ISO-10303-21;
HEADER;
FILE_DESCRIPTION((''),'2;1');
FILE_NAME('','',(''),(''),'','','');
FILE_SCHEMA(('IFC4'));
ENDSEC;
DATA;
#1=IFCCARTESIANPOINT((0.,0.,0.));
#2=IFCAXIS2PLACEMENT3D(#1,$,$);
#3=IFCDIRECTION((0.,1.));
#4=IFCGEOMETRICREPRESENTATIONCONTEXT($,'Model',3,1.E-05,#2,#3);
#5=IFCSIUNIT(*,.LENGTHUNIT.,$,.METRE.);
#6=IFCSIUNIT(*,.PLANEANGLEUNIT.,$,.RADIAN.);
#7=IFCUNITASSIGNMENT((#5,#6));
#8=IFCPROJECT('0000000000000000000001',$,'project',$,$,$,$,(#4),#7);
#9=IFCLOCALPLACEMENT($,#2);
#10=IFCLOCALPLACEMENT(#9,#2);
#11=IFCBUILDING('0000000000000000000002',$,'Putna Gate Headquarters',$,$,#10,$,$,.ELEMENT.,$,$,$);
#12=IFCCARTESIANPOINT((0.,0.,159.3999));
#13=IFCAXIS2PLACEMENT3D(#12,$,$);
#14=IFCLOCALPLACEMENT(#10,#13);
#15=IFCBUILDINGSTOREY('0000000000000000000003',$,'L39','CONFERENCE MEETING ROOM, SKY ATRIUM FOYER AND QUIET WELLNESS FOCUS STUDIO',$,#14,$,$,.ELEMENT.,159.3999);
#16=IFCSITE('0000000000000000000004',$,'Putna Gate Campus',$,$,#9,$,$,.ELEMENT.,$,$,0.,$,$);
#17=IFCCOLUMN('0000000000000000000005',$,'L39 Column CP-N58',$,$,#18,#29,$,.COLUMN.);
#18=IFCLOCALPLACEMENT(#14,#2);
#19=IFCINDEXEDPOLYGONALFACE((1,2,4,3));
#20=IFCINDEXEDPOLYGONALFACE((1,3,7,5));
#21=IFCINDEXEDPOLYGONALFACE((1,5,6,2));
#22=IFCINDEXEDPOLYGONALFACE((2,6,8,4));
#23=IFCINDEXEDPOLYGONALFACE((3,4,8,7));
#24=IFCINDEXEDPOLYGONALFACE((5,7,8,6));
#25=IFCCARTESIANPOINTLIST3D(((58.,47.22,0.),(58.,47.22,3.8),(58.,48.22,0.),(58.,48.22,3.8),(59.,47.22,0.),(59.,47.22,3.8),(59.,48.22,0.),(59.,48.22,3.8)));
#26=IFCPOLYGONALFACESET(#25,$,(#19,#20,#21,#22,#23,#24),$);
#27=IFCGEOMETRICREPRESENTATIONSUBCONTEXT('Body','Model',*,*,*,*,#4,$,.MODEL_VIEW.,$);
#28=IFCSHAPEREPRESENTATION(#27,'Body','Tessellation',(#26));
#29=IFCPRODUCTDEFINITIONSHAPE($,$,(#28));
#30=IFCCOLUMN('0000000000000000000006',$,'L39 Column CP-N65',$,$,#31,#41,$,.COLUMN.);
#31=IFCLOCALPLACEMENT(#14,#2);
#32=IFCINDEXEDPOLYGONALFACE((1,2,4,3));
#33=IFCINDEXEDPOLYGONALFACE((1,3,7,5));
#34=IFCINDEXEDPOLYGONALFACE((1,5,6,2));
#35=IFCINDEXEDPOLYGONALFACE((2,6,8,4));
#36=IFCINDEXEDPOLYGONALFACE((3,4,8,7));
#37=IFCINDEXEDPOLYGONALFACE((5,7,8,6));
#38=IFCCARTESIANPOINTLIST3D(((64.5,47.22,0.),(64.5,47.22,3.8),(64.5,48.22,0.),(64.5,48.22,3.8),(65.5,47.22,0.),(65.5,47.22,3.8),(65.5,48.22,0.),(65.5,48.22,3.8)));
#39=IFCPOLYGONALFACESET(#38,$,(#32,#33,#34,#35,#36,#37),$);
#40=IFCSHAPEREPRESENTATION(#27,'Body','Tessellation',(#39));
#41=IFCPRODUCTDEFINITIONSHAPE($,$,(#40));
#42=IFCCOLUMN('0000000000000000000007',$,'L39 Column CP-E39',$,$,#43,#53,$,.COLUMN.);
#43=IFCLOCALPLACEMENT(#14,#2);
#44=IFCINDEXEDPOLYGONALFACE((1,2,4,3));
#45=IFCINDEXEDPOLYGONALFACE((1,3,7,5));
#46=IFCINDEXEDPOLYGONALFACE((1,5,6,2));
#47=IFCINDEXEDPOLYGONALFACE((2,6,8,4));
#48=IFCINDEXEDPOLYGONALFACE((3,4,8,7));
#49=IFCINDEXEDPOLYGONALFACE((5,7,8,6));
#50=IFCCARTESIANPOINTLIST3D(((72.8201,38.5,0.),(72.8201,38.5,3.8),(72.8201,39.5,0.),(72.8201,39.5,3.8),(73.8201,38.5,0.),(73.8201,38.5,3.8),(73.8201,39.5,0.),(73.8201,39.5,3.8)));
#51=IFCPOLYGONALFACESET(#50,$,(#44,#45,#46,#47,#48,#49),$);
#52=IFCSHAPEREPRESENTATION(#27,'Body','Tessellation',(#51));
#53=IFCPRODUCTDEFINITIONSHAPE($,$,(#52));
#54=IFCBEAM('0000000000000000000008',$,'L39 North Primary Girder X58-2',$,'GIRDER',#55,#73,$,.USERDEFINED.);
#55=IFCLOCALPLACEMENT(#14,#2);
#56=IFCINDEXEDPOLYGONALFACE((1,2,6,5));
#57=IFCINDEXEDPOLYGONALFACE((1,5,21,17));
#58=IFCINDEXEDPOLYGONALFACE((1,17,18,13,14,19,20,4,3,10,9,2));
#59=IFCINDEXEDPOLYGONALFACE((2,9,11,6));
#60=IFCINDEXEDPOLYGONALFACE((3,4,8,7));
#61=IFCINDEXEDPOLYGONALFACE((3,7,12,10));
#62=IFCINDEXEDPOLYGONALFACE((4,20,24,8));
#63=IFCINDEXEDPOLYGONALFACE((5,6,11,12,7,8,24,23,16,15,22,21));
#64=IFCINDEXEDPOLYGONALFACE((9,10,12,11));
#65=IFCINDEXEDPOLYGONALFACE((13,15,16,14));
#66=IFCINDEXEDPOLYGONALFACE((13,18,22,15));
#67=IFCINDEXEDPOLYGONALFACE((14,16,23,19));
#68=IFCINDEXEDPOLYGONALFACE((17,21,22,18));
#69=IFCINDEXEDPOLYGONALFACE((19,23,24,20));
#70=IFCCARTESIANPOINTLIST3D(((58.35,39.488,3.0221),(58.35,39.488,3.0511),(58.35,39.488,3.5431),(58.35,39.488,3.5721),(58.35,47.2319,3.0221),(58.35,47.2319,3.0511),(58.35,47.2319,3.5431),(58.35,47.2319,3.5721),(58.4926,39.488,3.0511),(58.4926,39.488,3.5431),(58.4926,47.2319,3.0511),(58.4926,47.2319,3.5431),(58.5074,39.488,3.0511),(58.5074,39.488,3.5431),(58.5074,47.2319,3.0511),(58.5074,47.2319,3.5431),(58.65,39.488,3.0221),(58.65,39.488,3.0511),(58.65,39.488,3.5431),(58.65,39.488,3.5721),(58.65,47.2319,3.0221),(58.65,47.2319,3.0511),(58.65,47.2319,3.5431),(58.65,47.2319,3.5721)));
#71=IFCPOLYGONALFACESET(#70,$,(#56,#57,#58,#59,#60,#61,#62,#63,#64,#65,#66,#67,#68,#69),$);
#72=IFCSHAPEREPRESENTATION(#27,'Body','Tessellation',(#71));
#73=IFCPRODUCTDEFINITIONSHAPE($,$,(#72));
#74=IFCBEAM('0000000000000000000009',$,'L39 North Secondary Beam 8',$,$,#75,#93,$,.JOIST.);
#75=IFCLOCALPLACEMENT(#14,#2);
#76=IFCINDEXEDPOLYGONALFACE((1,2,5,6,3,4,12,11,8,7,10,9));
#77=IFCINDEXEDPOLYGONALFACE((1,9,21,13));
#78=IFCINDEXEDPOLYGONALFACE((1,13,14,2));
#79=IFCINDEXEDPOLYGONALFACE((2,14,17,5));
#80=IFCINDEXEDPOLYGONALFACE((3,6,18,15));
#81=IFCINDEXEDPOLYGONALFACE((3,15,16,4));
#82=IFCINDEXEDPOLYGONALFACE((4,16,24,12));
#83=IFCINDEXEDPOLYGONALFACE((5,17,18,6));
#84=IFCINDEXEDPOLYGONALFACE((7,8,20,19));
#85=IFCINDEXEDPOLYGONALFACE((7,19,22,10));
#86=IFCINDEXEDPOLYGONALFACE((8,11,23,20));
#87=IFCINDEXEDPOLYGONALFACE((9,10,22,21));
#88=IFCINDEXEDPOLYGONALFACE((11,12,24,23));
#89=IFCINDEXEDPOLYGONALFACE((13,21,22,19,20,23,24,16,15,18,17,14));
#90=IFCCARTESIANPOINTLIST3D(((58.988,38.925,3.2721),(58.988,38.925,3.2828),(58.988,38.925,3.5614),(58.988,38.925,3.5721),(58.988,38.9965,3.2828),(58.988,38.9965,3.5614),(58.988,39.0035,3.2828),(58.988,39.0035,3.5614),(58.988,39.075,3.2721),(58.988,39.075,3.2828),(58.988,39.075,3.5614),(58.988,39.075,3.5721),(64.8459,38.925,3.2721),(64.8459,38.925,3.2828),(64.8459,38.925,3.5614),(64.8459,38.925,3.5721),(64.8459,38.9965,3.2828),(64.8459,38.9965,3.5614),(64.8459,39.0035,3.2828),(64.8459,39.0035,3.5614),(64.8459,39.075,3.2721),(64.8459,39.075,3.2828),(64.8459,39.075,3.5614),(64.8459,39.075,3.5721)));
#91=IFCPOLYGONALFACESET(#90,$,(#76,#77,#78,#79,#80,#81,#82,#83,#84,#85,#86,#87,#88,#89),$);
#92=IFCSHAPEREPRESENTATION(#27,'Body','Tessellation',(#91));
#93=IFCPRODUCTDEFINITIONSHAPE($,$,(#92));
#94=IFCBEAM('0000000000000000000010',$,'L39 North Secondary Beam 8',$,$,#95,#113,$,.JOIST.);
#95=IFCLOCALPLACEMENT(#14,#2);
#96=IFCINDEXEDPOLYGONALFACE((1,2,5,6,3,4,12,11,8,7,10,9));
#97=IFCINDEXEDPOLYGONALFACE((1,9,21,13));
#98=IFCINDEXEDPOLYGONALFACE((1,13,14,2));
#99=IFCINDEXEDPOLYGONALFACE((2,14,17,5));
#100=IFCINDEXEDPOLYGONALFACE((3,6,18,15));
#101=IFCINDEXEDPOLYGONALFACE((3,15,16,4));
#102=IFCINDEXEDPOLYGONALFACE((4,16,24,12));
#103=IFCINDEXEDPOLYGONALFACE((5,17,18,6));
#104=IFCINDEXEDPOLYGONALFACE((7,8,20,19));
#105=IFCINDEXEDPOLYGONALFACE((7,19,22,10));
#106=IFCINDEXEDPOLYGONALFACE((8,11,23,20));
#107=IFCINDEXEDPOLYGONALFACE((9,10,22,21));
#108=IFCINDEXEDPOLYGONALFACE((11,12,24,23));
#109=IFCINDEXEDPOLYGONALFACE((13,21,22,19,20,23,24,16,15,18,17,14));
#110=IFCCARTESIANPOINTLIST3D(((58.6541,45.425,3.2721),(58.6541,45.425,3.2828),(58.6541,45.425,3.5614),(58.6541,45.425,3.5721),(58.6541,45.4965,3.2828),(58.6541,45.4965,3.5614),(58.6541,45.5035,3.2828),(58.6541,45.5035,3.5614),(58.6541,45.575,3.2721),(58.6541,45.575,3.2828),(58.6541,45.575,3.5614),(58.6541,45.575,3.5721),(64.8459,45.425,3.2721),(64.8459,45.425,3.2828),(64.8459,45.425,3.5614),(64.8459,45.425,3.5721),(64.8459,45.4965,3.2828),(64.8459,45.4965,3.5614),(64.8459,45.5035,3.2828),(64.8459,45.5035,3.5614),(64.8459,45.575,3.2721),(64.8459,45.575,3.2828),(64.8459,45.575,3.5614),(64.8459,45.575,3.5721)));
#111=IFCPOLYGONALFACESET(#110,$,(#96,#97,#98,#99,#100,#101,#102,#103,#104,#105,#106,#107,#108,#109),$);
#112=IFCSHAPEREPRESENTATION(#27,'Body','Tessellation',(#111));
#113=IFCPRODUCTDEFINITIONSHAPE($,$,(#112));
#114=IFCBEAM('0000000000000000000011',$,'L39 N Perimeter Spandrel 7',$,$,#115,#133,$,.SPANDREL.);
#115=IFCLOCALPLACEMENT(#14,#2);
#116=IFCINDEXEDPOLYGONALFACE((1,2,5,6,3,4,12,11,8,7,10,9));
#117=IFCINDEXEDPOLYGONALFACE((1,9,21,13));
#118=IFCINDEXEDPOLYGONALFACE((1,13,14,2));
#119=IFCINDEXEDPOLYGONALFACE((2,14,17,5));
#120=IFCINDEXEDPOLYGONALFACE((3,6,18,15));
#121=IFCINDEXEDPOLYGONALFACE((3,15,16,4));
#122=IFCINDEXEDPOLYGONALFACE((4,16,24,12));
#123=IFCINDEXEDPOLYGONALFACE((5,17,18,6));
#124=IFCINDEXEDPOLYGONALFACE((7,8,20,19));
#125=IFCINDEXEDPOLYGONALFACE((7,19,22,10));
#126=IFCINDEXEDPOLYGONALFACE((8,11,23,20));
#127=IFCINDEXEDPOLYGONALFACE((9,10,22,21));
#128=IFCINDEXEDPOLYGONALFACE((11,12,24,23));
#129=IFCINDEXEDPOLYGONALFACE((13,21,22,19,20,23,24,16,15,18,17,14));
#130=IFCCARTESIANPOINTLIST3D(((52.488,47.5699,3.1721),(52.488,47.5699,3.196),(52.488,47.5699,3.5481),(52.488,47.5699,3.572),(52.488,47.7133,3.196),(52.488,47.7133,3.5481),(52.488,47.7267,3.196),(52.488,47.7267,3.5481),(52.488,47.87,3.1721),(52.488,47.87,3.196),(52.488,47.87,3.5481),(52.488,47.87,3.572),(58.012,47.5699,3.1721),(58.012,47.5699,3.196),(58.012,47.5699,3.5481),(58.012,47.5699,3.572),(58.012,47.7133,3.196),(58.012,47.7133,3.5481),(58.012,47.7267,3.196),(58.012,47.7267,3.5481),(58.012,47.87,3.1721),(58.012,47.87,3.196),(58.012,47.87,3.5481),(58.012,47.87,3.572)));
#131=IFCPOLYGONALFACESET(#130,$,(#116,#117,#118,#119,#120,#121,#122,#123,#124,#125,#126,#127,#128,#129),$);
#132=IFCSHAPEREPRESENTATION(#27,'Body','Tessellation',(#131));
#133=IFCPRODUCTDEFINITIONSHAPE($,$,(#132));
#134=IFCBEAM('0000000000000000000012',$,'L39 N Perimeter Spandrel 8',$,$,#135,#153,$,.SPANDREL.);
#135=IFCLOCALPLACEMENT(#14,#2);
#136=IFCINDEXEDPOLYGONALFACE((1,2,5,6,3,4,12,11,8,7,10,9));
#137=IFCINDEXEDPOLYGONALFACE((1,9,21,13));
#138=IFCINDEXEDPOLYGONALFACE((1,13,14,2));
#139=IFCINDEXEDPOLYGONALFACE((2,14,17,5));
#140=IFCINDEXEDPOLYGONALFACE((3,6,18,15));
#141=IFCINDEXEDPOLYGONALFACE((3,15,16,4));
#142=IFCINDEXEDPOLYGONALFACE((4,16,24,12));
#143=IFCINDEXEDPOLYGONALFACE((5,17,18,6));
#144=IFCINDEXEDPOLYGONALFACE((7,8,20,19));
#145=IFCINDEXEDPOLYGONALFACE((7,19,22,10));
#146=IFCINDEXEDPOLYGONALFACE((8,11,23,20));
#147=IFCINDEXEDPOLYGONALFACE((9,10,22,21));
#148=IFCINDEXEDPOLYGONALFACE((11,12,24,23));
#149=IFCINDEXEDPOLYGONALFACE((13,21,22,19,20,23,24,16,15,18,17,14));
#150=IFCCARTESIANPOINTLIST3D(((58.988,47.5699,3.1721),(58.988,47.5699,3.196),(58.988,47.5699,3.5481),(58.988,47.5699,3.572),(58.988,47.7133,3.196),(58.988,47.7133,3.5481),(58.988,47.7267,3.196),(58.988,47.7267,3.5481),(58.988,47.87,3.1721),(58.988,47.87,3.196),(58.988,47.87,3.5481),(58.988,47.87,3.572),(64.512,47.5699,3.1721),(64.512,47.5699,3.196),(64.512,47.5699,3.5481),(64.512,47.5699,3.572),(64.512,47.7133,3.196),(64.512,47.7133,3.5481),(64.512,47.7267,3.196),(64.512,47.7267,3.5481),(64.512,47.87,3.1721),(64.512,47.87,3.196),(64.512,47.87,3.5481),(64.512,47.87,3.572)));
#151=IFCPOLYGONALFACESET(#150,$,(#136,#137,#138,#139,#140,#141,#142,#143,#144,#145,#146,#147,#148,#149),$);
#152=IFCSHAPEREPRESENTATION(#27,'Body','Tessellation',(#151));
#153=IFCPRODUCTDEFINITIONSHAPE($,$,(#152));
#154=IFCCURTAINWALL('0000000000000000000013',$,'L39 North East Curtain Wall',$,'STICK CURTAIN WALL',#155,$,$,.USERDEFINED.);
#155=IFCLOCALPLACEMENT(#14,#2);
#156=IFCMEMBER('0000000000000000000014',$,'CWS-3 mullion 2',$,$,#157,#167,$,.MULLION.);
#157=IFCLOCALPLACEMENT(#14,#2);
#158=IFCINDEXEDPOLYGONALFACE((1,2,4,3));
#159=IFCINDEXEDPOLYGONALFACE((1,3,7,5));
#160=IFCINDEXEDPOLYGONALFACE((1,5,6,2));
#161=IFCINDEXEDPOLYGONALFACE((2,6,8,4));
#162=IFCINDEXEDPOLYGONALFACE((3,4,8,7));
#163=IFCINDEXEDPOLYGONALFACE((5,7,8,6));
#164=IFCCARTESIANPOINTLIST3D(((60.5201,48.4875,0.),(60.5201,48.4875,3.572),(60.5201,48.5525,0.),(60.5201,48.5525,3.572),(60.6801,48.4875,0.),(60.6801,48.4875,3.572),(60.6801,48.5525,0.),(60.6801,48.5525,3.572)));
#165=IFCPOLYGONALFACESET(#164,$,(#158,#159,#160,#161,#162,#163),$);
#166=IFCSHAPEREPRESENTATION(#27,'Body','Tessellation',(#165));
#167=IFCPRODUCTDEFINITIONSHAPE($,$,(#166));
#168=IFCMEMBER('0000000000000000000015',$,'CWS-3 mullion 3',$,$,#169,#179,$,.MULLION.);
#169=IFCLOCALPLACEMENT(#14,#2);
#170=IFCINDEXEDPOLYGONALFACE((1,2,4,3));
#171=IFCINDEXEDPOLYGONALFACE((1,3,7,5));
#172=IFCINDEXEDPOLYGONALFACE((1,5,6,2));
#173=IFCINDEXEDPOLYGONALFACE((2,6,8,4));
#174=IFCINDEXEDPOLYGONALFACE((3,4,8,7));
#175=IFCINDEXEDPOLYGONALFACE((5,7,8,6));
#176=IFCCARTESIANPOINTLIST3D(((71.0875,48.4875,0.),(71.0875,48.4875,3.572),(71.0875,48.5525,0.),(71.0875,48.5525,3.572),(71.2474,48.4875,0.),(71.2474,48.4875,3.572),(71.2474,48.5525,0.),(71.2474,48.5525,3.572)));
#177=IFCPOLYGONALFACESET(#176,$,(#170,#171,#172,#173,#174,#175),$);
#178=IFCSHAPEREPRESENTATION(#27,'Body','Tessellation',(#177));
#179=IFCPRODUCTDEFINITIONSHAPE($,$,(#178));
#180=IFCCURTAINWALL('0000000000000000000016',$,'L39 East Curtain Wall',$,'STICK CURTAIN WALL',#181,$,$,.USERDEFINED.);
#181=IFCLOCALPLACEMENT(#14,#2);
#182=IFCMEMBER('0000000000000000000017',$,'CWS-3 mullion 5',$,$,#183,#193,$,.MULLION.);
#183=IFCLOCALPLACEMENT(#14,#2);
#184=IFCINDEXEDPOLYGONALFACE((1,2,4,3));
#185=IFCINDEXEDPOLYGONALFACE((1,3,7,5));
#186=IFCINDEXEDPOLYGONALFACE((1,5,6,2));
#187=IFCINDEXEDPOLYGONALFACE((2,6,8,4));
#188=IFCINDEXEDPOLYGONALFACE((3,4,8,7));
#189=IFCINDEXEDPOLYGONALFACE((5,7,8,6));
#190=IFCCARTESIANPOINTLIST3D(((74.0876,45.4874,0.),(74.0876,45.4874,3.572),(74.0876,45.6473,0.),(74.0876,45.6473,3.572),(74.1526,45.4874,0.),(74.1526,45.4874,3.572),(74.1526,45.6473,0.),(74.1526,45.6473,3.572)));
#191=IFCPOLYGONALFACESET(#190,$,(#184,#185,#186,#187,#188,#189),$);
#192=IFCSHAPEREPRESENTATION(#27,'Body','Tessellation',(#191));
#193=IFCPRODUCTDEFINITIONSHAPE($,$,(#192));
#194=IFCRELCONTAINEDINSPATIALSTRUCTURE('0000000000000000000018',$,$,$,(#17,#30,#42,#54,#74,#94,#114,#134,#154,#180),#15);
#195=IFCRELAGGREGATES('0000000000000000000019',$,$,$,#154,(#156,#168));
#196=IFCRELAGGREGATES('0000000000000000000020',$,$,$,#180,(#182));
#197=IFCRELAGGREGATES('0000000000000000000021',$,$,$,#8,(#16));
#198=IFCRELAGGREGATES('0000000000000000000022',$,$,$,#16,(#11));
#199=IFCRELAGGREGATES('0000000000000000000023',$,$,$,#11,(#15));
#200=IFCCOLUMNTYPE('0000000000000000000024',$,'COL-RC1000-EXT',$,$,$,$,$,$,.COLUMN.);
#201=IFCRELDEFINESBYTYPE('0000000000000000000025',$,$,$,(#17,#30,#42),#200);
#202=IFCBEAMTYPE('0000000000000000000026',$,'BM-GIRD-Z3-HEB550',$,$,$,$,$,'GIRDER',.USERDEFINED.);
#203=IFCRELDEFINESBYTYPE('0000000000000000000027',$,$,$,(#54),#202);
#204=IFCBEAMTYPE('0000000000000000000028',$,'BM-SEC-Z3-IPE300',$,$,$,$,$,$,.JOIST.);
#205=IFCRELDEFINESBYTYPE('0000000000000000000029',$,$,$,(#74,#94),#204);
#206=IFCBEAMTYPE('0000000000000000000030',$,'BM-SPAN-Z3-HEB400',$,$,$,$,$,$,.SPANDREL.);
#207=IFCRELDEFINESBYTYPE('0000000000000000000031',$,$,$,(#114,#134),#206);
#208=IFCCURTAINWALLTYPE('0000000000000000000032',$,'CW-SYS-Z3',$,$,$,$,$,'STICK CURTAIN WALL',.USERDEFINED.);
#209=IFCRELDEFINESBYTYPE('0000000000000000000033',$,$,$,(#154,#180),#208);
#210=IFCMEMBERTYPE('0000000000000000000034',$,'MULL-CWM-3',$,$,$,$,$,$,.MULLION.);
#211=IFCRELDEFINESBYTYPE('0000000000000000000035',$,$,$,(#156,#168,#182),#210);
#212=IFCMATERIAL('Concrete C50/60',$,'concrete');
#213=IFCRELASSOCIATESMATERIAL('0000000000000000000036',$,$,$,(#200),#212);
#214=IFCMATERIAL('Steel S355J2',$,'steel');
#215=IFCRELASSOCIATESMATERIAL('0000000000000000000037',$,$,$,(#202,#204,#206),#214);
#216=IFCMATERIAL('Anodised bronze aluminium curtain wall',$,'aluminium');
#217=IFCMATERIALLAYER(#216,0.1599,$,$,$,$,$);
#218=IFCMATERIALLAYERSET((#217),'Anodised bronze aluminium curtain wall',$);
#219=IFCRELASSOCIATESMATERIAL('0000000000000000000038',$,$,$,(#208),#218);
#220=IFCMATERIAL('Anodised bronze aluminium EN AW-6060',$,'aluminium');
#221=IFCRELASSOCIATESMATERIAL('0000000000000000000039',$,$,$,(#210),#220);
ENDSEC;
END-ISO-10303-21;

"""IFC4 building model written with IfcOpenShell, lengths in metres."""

from ifc_helpers import new_model, si_unit, direction, frame, origin, origin_2d, place, context, subcontext, project, spatial, rectangle, i_section, extrude, material, layer, layer_set, material_profile, profile_set, type_object, element, aggregate, save


model = new_model("IFC4")

# Units and contexts
model_context = context("Model", 3, precision=1e-05, world=origin(), true_north=direction((0.0, 1.0)))
body_context = subcontext(model_context, "Body", "Model", "MODEL_VIEW")
ifc_project = project(units=[si_unit("LENGTHUNIT", "METRE"), si_unit("PLANEANGLEUNIT", "RADIAN")], contexts=[model_context])

# Site, building, storey
site_placement = place(None, origin())
site = spatial("IfcSite", under=ifc_project, at=site_placement, Name="Putna Gate Campus", CompositionType="ELEMENT", RefElevation=0.0)
building_placement = place(site_placement, origin())
building = spatial("IfcBuilding", under=site, at=building_placement, Name="Putna Gate Headquarters", CompositionType="ELEMENT")
storey_placement = place(building_placement, frame((0.0, 0.0, 159.3999)))
storey = spatial("IfcBuildingStorey", under=building, at=storey_placement, Name="L39", Description="CONFERENCE MEETING ROOM, SKY ATRIUM FOYER AND QUIET WELLNESS FOCUS STUDIO", CompositionType="ELEMENT", Elevation=159.3999)

# Columns
ifc_material_1 = material(Name="Concrete C50/60", Category="concrete")
ifc_material_profile_1 = material_profile(ifc_material_1, rectangle(XDim=1.0, YDim=1.0, at=origin_2d()), Name="Concrete C50/60")
ifc_profile_set_1 = profile_set([ifc_material_profile_1], Name="Concrete C50/60")
column_type = type_object("IfcColumnType", Name="COL-RC1000-EXT", PredefinedType="COLUMN", material=ifc_profile_set_1)
for number, where, z_axis, x_axis, name in (
    (1, (58.5, 47.72, 0.0), (0.0, 0.0, 1.0), (1.0, 0.0, 0.0), "L39 Column CP-N58"),
    (2, (65.0, 47.72, 0.0), (0.0, 0.0, 1.0), (1.0, 0.0, 0.0), "L39 Column CP-N65"),
    (3, (73.3201, 39.0, 0.0), (0.0, 0.0, 1.0), (1.0, 0.0, 0.0), "L39 Column CP-E39"),
):
    element("IfcColumn", number, at=place(storey_placement, frame(where, z_axis=z_axis, x_axis=x_axis)), inside=storey, type_object=column_type, Name=name, PredefinedType="COLUMN", context=body_context, shape_type="SweptSolid", body=[
        extrude(rectangle(XDim=1.0, YDim=1.0, at=origin_2d()), origin(), (0.0, 0.0, 1.0), 3.8),
    ])

# Beams
ifc_material_2 = material(Name="Steel S355J2", Category="steel")
ifc_material_profile_2 = material_profile(ifc_material_2, i_section(OverallWidth=0.3, OverallDepth=0.55, WebThickness=0.0149, FlangeThickness=0.0291, at=origin_2d()), Name="Steel S355J2")
ifc_profile_set_2 = profile_set([ifc_material_profile_2], Name="Steel S355J2")
beam_type_1 = type_object("IfcBeamType", Name="BM-GIRD-Z3-HEB550", ElementType="GIRDER", PredefinedType="USERDEFINED", material=ifc_profile_set_2)
beam_1_placement = place(storey_placement, frame((58.5, 39.488, 3.2971), z_axis=(0.0, 1.0, 0.0), x_axis=(-1.0, 0.0, 0.0)))
element("IfcBeam", 4, at=beam_1_placement, inside=storey, type_object=beam_type_1, Name="L39 North Primary Girder X58-2", ObjectType="GIRDER", PredefinedType="USERDEFINED", context=body_context, shape_type="SweptSolid", body=[
    extrude(i_section(OverallWidth=0.3, OverallDepth=0.55, WebThickness=0.0149, FlangeThickness=0.0291, at=origin_2d()), origin(), (0.0, 0.0, 1.0), 7.7439),
])
ifc_material_profile_3 = material_profile(ifc_material_2, i_section(OverallWidth=0.1499, OverallDepth=0.3, WebThickness=0.0071, FlangeThickness=0.0107, at=origin_2d()), Name="Steel S355J2")
ifc_profile_set_3 = profile_set([ifc_material_profile_3], Name="Steel S355J2")
beam_type_2 = type_object("IfcBeamType", Name="BM-SEC-Z3-IPE300", PredefinedType="JOIST", material=ifc_profile_set_3)
beam_2_placement = place(storey_placement, frame((58.988, 39.0, 3.4221), z_axis=(1.0, 0.0, 0.0), x_axis=(0.0, 1.0, 0.0)))
element("IfcBeam", 5, at=beam_2_placement, inside=storey, type_object=beam_type_2, Name="L39 North Secondary Beam 8", PredefinedType="JOIST", context=body_context, shape_type="SweptSolid", body=[
    extrude(i_section(OverallWidth=0.1499, OverallDepth=0.3, WebThickness=0.0071, FlangeThickness=0.0107, at=origin_2d()), origin(), (0.0, 0.0, 1.0), 5.8579),
])
beam_3_placement = place(storey_placement, frame((58.6541, 45.5, 3.4221), z_axis=(1.0, 0.0, 0.0), x_axis=(0.0, 1.0, 0.0)))
element("IfcBeam", 6, at=beam_3_placement, inside=storey, type_object=beam_type_2, Name="L39 North Secondary Beam 8", PredefinedType="JOIST", context=body_context, shape_type="SweptSolid", body=[
    extrude(i_section(OverallWidth=0.1499, OverallDepth=0.3, WebThickness=0.0071, FlangeThickness=0.0107, at=origin_2d()), origin(), (0.0, 0.0, 1.0), 6.1919),
])
ifc_material_profile_4 = material_profile(ifc_material_2, i_section(OverallWidth=0.3, OverallDepth=0.3999, WebThickness=0.0134, FlangeThickness=0.0239, at=origin_2d()), Name="Steel S355J2")
ifc_profile_set_4 = profile_set([ifc_material_profile_4], Name="Steel S355J2")
beam_type_3 = type_object("IfcBeamType", Name="BM-SPAN-Z3-HEB400", PredefinedType="SPANDREL", material=ifc_profile_set_4)
for number, where, z_axis, x_axis, name in (
    (7, (52.488, 47.72, 3.3721), (1.0, 0.0, 0.0), (0.0, 1.0, 0.0), "L39 N Perimeter Spandrel 7"),
    (8, (58.988, 47.72, 3.3721), (1.0, 0.0, 0.0), (0.0, 1.0, 0.0), "L39 N Perimeter Spandrel 8"),
):
    element("IfcBeam", number, at=place(storey_placement, frame(where, z_axis=z_axis, x_axis=x_axis)), inside=storey, type_object=beam_type_3, Name=name, PredefinedType="SPANDREL", context=body_context, shape_type="SweptSolid", body=[
        extrude(i_section(OverallWidth=0.3, OverallDepth=0.3999, WebThickness=0.0134, FlangeThickness=0.0239, at=origin_2d()), origin(), (0.0, 0.0, 1.0), 5.5239),
    ])

# Curtain wall, members
ifc_material_3 = material(Name="Anodised bronze aluminium curtain wall", Category="aluminium")
ifc_layer_1 = layer(ifc_material_3, 0.1599)
ifc_layer_set_1 = layer_set([ifc_layer_1], Name="Anodised bronze aluminium curtain wall")
curtain_wall_type = type_object("IfcCurtainWallType", Name="CW-SYS-Z3", ElementType="STICK CURTAIN WALL", PredefinedType="USERDEFINED", material=ifc_layer_set_1)
curtain_wall_1_placement = place(storey_placement, origin())
curtain_wall_1 = element("IfcCurtainWall", 9, at=curtain_wall_1_placement, inside=storey, type_object=curtain_wall_type, Name="L39 North East Curtain Wall", ObjectType="STICK CURTAIN WALL", PredefinedType="USERDEFINED")
ifc_material_4 = material(Name="Anodised bronze aluminium EN AW-6060", Category="aluminium")
ifc_material_profile_5 = material_profile(ifc_material_4, rectangle(XDim=0.0649, YDim=0.1599, at=origin_2d()), Name="Anodised bronze aluminium EN AW-6060")
ifc_profile_set_5 = profile_set([ifc_material_profile_5], Name="Anodised bronze aluminium EN AW-6060")
member_type_1 = type_object("IfcMemberType", Name="MULL-CWM-3", PredefinedType="MULLION", material=ifc_profile_set_5)
member_1_placement = place(storey_placement, frame((60.6001, 48.52, 0.0), z_axis=(0.0, 0.0, 1.0), x_axis=(0.0, 1.0, 0.0)))
member_1 = element("IfcMember", 10, at=member_1_placement, type_object=member_type_1, Name="CWS-3 mullion 2", PredefinedType="MULLION", context=body_context, shape_type="SweptSolid", body=[
    extrude(rectangle(XDim=0.0649, YDim=0.1599, at=origin_2d()), origin(), (0.0, 0.0, 1.0), 3.572),
])
member_2_placement = place(storey_placement, frame((71.1675, 48.52, 0.0), z_axis=(0.0, 0.0, 1.0), x_axis=(0.0, 1.0, 0.0)))
member_2 = element("IfcMember", 11, at=member_2_placement, type_object=member_type_1, Name="CWS-3 mullion 3", PredefinedType="MULLION", context=body_context, shape_type="SweptSolid", body=[
    extrude(rectangle(XDim=0.0649, YDim=0.1599, at=origin_2d()), origin(), (0.0, 0.0, 1.0), 3.572),
])

# Curtain wall, member
curtain_wall_2_placement = place(storey_placement, origin())
curtain_wall_2 = element("IfcCurtainWall", 12, at=curtain_wall_2_placement, inside=storey, type_object=curtain_wall_type, Name="L39 East Curtain Wall", ObjectType="STICK CURTAIN WALL", PredefinedType="USERDEFINED")
member_3_placement = place(storey_placement, frame((74.1201, 45.5674, 0.0), z_axis=(0.0, 0.0, 1.0), x_axis=(-1.0, 0.0, 0.0)))
member_3 = element("IfcMember", 13, at=member_3_placement, type_object=member_type_1, Name="CWS-3 mullion 5", PredefinedType="MULLION", context=body_context, shape_type="SweptSolid", body=[
    extrude(rectangle(XDim=0.0649, YDim=0.1599, at=origin_2d()), origin(), (0.0, 0.0, 1.0), 3.572),
])

aggregate(curtain_wall_1, [member_1, member_2])
aggregate(curtain_wall_2, [member_3])

save(model, "model.ifc")
